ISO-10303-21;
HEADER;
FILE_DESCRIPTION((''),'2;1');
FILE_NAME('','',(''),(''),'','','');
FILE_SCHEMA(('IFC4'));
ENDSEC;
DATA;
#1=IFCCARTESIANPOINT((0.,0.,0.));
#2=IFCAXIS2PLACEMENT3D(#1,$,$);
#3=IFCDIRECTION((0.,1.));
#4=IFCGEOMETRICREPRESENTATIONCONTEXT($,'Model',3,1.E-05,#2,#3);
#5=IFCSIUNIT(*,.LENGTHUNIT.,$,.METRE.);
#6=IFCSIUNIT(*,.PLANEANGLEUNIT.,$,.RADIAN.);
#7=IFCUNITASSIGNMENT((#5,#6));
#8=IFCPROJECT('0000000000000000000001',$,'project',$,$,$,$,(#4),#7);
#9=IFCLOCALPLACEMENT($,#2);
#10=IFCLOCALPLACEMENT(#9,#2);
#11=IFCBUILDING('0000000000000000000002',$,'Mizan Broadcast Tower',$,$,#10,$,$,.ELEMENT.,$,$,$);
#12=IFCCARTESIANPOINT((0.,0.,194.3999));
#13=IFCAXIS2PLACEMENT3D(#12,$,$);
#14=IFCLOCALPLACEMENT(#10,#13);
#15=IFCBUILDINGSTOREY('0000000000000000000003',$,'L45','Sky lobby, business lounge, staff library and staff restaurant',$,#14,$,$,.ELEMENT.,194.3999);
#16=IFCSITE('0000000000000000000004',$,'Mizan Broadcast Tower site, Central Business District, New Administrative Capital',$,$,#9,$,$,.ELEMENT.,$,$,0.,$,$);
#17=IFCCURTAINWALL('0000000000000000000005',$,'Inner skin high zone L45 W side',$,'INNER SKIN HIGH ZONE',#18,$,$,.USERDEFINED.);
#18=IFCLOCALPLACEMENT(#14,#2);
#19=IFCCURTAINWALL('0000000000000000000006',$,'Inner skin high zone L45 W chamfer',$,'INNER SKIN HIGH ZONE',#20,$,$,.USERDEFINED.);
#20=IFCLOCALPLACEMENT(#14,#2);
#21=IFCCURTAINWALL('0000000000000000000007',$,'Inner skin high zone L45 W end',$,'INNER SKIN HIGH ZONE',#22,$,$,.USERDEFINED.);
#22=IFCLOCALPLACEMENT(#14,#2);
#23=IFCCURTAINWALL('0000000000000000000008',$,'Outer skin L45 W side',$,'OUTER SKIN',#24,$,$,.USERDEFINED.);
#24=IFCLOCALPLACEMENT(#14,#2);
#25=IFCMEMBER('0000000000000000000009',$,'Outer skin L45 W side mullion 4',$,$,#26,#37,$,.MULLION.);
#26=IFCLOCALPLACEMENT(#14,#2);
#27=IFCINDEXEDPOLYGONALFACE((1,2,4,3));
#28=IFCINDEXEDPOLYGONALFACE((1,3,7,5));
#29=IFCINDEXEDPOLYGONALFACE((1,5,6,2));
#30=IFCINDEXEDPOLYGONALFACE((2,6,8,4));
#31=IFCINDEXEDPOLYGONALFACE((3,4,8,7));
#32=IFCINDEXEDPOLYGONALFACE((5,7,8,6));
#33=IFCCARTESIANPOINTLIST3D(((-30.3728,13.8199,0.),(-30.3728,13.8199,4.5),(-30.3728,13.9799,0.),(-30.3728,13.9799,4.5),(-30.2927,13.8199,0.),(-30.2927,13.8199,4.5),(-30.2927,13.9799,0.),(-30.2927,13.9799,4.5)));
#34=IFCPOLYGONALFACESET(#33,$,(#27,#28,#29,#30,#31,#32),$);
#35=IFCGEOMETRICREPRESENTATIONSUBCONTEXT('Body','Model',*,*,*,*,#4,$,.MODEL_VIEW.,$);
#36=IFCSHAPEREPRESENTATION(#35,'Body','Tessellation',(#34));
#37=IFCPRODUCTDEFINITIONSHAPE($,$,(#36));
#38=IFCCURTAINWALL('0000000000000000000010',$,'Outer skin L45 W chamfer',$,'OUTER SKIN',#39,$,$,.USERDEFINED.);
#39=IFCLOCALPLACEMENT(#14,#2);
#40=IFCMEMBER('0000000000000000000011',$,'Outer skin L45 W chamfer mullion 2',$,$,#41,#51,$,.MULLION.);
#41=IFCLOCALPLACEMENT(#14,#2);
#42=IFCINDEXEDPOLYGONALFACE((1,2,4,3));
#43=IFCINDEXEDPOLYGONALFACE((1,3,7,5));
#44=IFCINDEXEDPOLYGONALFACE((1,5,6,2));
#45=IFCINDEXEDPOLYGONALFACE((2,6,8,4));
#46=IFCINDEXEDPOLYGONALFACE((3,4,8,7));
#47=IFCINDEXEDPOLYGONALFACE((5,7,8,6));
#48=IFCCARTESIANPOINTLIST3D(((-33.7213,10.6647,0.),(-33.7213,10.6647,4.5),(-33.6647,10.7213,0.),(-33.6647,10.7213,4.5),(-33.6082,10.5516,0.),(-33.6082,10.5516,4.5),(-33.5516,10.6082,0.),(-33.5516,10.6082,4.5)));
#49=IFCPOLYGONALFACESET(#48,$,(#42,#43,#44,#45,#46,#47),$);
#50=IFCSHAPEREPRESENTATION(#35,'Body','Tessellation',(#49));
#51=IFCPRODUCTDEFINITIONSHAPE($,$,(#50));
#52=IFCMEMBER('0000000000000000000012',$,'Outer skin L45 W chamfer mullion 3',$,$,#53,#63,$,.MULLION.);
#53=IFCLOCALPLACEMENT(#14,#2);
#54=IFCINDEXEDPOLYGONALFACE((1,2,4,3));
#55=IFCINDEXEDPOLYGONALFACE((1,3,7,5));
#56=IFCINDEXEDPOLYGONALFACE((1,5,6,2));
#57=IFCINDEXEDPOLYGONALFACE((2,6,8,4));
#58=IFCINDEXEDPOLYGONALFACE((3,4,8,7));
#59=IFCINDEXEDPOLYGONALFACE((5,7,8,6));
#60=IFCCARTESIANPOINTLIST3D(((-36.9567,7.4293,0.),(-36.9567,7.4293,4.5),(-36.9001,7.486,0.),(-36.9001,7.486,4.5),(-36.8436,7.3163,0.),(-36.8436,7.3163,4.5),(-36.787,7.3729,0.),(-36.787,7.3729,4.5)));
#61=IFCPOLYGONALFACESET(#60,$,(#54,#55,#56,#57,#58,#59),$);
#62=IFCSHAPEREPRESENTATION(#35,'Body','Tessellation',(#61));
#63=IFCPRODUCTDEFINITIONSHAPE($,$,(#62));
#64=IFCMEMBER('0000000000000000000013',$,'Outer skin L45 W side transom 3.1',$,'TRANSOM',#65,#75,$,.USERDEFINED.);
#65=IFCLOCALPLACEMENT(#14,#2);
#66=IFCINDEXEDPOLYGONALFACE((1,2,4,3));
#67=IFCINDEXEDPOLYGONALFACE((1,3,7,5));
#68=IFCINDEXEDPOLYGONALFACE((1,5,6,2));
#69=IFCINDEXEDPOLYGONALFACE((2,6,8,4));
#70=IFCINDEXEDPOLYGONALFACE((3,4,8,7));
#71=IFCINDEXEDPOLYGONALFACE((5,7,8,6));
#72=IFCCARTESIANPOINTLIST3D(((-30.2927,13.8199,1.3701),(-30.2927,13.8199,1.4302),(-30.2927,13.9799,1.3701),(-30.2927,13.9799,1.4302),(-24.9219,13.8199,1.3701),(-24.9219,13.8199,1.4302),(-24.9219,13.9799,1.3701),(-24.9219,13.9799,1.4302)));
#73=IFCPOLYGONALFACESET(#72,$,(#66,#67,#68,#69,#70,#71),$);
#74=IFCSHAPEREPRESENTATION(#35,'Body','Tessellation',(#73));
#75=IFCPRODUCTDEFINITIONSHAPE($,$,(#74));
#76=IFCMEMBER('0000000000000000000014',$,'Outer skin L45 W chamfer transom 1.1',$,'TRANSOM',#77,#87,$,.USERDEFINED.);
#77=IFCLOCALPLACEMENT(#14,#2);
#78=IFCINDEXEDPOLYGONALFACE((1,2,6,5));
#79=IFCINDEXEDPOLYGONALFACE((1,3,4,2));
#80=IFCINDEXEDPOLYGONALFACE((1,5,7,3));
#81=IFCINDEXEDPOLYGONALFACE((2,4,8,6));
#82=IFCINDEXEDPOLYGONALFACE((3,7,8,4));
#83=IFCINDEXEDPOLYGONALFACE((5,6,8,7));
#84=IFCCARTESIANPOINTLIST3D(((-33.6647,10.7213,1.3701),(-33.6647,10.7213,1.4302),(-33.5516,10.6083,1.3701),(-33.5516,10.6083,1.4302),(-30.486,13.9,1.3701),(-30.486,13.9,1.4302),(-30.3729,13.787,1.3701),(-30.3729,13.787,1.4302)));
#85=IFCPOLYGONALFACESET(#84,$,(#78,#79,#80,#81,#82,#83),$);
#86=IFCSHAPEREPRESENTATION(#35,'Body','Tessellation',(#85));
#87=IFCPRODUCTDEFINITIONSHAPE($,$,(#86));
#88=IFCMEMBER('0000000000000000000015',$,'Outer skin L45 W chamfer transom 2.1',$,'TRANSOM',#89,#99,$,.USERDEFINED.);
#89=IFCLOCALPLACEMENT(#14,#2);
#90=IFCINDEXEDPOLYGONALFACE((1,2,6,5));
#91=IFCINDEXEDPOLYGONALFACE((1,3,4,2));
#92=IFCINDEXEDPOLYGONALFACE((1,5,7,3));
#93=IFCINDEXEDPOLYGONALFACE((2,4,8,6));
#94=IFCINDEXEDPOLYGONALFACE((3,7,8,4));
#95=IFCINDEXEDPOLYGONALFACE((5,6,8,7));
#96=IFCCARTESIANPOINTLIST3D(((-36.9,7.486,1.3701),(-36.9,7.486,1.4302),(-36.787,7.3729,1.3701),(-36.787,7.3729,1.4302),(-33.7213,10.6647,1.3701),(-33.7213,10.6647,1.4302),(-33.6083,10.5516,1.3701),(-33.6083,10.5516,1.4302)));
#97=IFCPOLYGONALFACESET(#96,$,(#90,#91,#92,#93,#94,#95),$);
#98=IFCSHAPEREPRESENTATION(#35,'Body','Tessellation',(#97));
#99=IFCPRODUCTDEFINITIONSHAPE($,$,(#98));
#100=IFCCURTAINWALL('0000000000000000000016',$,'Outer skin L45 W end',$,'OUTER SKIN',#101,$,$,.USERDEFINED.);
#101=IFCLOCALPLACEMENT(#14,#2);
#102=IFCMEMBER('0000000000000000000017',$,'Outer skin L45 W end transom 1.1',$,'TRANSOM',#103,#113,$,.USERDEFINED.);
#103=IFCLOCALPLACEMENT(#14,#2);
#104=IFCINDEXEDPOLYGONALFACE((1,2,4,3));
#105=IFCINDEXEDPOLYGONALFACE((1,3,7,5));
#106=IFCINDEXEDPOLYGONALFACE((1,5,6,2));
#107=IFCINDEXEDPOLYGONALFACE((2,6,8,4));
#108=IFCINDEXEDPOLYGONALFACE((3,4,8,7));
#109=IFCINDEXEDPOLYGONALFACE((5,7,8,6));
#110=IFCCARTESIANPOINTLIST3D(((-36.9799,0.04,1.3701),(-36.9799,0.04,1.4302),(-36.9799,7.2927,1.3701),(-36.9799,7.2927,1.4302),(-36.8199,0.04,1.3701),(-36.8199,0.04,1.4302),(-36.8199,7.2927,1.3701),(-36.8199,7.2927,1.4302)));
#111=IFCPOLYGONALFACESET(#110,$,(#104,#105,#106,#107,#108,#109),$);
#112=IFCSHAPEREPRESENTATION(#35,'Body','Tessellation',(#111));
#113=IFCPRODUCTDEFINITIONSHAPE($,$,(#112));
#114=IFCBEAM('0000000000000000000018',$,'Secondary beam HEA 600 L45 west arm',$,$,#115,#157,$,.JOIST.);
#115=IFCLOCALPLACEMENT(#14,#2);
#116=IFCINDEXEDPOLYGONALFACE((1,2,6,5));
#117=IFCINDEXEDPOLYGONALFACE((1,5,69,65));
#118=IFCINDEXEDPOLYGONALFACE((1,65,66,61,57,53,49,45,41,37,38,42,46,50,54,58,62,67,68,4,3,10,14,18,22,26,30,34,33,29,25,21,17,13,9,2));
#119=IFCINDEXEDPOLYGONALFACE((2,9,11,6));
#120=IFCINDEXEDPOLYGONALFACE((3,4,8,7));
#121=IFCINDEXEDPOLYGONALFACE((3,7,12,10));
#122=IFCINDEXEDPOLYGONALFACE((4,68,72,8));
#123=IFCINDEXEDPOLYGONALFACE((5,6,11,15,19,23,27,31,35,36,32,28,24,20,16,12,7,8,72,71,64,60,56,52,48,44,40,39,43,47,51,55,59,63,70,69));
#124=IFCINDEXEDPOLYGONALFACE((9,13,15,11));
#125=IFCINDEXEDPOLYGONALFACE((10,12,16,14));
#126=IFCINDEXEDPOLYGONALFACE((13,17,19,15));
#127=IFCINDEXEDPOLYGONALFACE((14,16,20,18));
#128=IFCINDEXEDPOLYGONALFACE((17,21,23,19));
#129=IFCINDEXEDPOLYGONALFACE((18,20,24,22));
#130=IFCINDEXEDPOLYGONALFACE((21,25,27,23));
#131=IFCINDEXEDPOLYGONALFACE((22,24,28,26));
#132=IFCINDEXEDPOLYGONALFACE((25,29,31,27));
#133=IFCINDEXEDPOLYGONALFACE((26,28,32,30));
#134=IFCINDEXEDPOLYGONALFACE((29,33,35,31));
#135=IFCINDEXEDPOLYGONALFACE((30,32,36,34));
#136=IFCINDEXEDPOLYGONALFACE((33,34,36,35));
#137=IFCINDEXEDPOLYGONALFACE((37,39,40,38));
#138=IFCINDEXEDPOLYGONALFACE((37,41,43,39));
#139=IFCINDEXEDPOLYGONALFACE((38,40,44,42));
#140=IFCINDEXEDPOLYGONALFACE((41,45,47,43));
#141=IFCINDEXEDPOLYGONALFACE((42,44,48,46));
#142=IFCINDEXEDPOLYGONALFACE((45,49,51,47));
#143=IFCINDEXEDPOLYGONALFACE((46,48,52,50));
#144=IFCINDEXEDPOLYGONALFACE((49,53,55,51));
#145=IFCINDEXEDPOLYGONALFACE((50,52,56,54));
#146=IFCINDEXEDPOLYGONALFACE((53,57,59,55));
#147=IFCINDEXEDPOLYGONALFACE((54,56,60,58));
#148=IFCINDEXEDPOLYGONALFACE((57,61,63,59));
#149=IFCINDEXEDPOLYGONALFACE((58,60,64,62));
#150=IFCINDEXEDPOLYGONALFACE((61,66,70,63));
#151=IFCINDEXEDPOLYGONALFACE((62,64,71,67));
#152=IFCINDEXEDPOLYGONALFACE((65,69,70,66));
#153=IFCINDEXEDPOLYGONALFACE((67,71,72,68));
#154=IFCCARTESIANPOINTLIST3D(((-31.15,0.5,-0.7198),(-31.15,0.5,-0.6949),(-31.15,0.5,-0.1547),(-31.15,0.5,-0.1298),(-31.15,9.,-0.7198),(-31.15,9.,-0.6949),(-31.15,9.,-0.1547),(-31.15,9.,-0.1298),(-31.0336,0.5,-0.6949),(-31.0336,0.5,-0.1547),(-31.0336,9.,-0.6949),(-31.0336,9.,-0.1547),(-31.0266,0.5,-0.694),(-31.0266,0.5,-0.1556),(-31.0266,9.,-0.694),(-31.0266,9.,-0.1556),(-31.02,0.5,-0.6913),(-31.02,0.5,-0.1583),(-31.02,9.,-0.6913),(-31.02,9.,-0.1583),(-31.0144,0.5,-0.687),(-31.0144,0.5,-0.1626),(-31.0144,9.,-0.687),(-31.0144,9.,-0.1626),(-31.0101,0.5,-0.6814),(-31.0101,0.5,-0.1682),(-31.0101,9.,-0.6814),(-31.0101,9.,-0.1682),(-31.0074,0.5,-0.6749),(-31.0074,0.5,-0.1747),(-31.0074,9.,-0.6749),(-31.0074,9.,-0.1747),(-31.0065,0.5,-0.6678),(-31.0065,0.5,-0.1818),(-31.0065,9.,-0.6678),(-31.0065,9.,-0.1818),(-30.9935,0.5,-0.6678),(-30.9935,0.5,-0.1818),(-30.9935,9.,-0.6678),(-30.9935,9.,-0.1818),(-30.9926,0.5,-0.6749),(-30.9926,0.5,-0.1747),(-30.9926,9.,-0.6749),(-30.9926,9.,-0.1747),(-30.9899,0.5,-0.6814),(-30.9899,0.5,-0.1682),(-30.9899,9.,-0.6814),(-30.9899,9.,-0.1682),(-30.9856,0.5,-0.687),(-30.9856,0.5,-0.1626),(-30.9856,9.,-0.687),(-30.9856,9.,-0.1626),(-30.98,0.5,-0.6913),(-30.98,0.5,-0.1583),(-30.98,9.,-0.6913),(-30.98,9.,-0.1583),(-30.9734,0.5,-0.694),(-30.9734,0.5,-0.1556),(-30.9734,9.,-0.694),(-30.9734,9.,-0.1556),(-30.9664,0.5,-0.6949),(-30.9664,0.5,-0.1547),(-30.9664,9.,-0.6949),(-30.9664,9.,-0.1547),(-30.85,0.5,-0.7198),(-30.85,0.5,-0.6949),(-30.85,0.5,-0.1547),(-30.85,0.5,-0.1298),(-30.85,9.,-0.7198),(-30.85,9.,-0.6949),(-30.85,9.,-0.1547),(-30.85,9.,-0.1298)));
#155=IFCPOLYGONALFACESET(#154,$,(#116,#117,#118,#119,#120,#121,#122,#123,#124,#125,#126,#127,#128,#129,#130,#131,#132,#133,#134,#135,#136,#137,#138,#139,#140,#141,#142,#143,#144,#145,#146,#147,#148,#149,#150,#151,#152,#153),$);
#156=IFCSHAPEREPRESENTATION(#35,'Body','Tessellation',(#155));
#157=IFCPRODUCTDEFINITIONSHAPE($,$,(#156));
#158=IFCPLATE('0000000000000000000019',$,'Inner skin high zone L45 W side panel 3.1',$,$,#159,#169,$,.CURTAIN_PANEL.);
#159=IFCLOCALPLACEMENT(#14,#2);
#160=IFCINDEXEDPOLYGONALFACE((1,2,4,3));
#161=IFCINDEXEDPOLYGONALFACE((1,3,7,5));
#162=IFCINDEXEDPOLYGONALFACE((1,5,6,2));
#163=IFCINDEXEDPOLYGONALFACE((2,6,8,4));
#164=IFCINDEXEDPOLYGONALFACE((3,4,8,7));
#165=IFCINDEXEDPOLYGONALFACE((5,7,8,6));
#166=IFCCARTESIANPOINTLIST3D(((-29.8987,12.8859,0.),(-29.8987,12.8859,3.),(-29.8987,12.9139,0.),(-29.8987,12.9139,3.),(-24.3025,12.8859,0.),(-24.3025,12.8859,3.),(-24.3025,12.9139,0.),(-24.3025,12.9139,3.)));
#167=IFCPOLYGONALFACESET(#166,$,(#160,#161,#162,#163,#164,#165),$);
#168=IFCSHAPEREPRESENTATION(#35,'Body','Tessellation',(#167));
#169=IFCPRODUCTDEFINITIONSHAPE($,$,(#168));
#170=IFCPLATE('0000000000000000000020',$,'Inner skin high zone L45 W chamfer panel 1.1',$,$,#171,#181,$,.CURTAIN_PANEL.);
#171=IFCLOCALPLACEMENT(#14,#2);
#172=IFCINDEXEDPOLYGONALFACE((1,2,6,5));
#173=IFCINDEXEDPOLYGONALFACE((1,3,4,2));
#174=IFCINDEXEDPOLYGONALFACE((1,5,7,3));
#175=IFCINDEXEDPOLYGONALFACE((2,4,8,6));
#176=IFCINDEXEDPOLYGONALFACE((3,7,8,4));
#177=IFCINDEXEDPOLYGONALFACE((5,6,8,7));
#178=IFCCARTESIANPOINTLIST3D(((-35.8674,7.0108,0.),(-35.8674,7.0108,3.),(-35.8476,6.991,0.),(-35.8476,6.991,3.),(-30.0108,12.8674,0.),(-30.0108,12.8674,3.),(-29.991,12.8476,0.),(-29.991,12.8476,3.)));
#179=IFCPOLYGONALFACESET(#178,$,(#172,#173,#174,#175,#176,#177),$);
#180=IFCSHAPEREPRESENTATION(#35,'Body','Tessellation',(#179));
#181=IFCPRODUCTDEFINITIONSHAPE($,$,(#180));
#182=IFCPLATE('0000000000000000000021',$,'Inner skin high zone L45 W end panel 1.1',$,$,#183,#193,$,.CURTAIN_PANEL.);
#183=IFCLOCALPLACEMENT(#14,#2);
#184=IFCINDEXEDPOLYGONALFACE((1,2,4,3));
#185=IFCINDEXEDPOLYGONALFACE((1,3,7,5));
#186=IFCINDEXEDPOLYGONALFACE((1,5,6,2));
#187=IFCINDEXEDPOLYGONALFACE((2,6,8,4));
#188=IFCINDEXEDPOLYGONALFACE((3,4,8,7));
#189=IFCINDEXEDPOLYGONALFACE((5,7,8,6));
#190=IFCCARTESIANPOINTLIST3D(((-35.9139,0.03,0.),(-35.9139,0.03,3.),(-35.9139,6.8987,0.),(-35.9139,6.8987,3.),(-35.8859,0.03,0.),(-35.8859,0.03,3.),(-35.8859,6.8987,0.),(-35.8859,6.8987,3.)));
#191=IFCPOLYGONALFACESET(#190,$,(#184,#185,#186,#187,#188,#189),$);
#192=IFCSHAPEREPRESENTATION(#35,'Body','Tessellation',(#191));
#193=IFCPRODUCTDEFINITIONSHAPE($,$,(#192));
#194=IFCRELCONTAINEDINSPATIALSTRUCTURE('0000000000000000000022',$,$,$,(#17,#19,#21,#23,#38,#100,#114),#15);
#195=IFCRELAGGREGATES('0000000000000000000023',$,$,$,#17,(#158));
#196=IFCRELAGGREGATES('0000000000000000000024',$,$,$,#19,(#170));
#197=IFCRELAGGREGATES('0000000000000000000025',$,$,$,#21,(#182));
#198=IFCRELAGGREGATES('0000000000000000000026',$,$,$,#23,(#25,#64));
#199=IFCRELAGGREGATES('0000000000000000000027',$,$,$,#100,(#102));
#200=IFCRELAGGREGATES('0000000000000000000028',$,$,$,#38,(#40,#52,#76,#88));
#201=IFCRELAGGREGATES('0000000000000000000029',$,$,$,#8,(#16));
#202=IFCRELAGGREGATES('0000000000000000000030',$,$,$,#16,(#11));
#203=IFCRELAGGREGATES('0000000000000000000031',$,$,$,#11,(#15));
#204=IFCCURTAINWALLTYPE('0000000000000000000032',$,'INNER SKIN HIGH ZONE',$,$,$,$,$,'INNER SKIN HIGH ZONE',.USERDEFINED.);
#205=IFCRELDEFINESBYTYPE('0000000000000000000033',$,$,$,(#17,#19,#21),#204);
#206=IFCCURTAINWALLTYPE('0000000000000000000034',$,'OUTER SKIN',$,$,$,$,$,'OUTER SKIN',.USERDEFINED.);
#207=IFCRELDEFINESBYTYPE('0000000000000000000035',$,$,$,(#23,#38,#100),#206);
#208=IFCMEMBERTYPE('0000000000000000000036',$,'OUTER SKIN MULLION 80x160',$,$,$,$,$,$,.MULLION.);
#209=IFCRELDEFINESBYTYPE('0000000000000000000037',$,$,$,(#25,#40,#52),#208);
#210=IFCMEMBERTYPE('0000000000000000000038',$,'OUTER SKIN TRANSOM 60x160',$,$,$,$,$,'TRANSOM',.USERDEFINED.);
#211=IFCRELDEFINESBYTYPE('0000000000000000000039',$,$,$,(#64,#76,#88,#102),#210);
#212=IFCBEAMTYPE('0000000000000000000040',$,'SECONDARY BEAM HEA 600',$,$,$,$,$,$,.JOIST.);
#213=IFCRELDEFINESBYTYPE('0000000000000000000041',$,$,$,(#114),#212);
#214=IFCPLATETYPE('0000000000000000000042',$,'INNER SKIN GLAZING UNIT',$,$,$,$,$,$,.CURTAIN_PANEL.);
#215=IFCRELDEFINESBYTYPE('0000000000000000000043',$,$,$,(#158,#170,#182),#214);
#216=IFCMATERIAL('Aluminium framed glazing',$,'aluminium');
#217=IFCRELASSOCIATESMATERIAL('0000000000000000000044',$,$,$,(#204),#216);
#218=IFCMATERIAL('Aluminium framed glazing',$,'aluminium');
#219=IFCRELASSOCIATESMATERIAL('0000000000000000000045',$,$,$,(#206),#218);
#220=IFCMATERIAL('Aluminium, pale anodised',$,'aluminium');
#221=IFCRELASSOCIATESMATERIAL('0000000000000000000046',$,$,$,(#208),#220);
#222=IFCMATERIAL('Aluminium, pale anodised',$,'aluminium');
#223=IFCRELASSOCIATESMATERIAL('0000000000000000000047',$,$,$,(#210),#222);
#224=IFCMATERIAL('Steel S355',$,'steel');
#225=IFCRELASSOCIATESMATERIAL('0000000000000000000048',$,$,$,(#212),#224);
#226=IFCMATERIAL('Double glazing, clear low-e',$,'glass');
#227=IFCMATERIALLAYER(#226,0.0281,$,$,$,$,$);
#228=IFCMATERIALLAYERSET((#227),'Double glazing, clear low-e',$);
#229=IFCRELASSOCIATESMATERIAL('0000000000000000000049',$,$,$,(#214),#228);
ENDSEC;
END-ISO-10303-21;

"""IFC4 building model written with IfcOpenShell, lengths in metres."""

from ifc_helpers import new_model, si_unit, direction, frame, origin, origin_2d, place, context, subcontext, project, spatial, rectangle, i_section, extrude, material, layer, layer_set, material_profile, profile_set, type_object, element, aggregate, save


model = new_model("IFC4")

# Units and contexts
model_context = context("Model", 3, precision=1e-05, world=origin(), true_north=direction((0.0, 1.0)))
body_context = subcontext(model_context, "Body", "Model", "MODEL_VIEW")
ifc_project = project(units=[si_unit("LENGTHUNIT", "METRE"), si_unit("PLANEANGLEUNIT", "RADIAN")], contexts=[model_context])

# Site, building, storey
site_placement = place(None, origin())
site = spatial("IfcSite", under=ifc_project, at=site_placement, Name="Mizan Broadcast Tower site, Central Business District, New Administrative Capital", CompositionType="ELEMENT", RefElevation=0.0)
building_placement = place(site_placement, origin())
building = spatial("IfcBuilding", under=site, at=building_placement, Name="Mizan Broadcast Tower", CompositionType="ELEMENT")
storey_placement = place(building_placement, frame((0.0, 0.0, 194.3999)))
storey = spatial("IfcBuildingStorey", under=building, at=storey_placement, Name="L45", Description="Sky lobby, business lounge, staff library and staff restaurant", CompositionType="ELEMENT", Elevation=194.3999)

# Curtain wall
ifc_material_1 = material(Name="Aluminium framed glazing", Category="aluminium")
curtain_wall_type_1 = type_object("IfcCurtainWallType", Name="INNER SKIN HIGH ZONE", ElementType="INNER SKIN HIGH ZONE", PredefinedType="USERDEFINED", material=ifc_material_1)
curtain_wall_1_placement = place(storey_placement, origin())
curtain_wall_1 = element("IfcCurtainWall", 1, at=curtain_wall_1_placement, inside=storey, type_object=curtain_wall_type_1, Name="Inner skin high zone L45 W side", ObjectType="INNER SKIN HIGH ZONE", PredefinedType="USERDEFINED")

# Curtain wall
curtain_wall_2_placement = place(storey_placement, origin())
curtain_wall_2 = element("IfcCurtainWall", 2, at=curtain_wall_2_placement, inside=storey, type_object=curtain_wall_type_1, Name="Inner skin high zone L45 W chamfer", ObjectType="INNER SKIN HIGH ZONE", PredefinedType="USERDEFINED")

# Curtain walls, member
curtain_wall_3_placement = place(storey_placement, origin())
curtain_wall_3 = element("IfcCurtainWall", 3, at=curtain_wall_3_placement, inside=storey, type_object=curtain_wall_type_1, Name="Inner skin high zone L45 W end", ObjectType="INNER SKIN HIGH ZONE", PredefinedType="USERDEFINED")
ifc_material_2 = material(Name="Aluminium framed glazing", Category="aluminium")
curtain_wall_type_2 = type_object("IfcCurtainWallType", Name="OUTER SKIN", ElementType="OUTER SKIN", PredefinedType="USERDEFINED", material=ifc_material_2)
curtain_wall_4_placement = place(storey_placement, origin())
curtain_wall_4 = element("IfcCurtainWall", 4, at=curtain_wall_4_placement, inside=storey, type_object=curtain_wall_type_2, Name="Outer skin L45 W side", ObjectType="OUTER SKIN", PredefinedType="USERDEFINED")
ifc_material_3 = material(Name="Aluminium, pale anodised", Category="aluminium")
ifc_material_profile_1 = material_profile(ifc_material_3, rectangle(XDim=0.1599, YDim=0.0801, at=origin_2d()), Name="MULLION 160x80")
ifc_profile_set_1 = profile_set([ifc_material_profile_1], Name="Aluminium, pale anodised")
member_type_1 = type_object("IfcMemberType", Name="OUTER SKIN MULLION 80x160", PredefinedType="MULLION", material=ifc_profile_set_1)
member_1_placement = place(storey_placement, frame((-30.3328, 13.8999, 0.0), z_axis=(0.0, 0.0, 1.0), x_axis=(0.0, -1.0, 0.0)))
member_1 = element("IfcMember", 5, at=member_1_placement, type_object=member_type_1, Name="Outer skin L45 W side mullion 4", PredefinedType="MULLION", context=body_context, shape_type="SweptSolid", body=[
    extrude(rectangle(XDim=0.1599, YDim=0.0801, at=origin_2d()), origin(), (0.0, 0.0, 1.0), 4.5),
])

# Curtain wall, members
curtain_wall_5_placement = place(storey_placement, origin())
curtain_wall_5 = element("IfcCurtainWall", 6, at=curtain_wall_5_placement, inside=storey, type_object=curtain_wall_type_2, Name="Outer skin L45 W chamfer", ObjectType="OUTER SKIN", PredefinedType="USERDEFINED")
member_2_placement = place(storey_placement, frame((-33.6365, 10.6365, 0.0), z_axis=(0.0, 0.0, 1.0), x_axis=(0.707107, -0.707107, 0.0)))
member_2 = element("IfcMember", 7, at=member_2_placement, type_object=member_type_1, Name="Outer skin L45 W chamfer mullion 2", PredefinedType="MULLION", context=body_context, shape_type="SweptSolid", body=[
    extrude(rectangle(XDim=0.1599, YDim=0.0801, at=origin_2d()), origin(), (0.0, 0.0, 1.0), 4.5),
])
member_3_placement = place(storey_placement, frame((-36.8718, 7.4011, 0.0), z_axis=(0.0, 0.0, 1.0), x_axis=(0.707107, -0.707107, 0.0)))
member_3 = element("IfcMember", 8, at=member_3_placement, type_object=member_type_1, Name="Outer skin L45 W chamfer mullion 3", PredefinedType="MULLION", context=body_context, shape_type="SweptSolid", body=[
    extrude(rectangle(XDim=0.1599, YDim=0.0801, at=origin_2d()), origin(), (0.0, 0.0, 1.0), 4.5),
])

# Members
ifc_material_4 = material(Name="Aluminium, pale anodised", Category="aluminium")
ifc_material_profile_2 = material_profile(ifc_material_4, rectangle(XDim=0.1599, YDim=0.0601, at=origin_2d()), Name="TRANSOM 160x60")
ifc_profile_set_2 = profile_set([ifc_material_profile_2], Name="Aluminium, pale anodised")
member_type_2 = type_object("IfcMemberType", Name="OUTER SKIN TRANSOM 60x160", ElementType="TRANSOM", PredefinedType="USERDEFINED", material=ifc_profile_set_2)
member_4_placement = place(storey_placement, frame((-24.9219, 13.8999, 1.4001), z_axis=(-1.0, 0.0, 0.0), x_axis=(0.0, -1.0, 0.0)))
member_4 = element("IfcMember", 9, at=member_4_placement, type_object=member_type_2, Name="Outer skin L45 W side transom 3.1", ObjectType="TRANSOM", PredefinedType="USERDEFINED", context=body_context, shape_type="SweptSolid", body=[
    extrude(rectangle(XDim=0.1599, YDim=0.0601, at=origin_2d()), origin(), (0.0, 0.0, 1.0), 5.3708),
])
member_5_placement = place(storey_placement, frame((-30.4294, 13.8435, 1.4001), z_axis=(-0.707107, -0.707107, 0.0), x_axis=(0.707107, -0.707107, 0.0)))
member_5 = element("IfcMember", 10, at=member_5_placement, type_object=member_type_2, Name="Outer skin L45 W chamfer transom 1.1", ObjectType="TRANSOM", PredefinedType="USERDEFINED", context=body_context, shape_type="SweptSolid", body=[
    extrude(rectangle(XDim=0.1599, YDim=0.0601, at=origin_2d()), origin(), (0.0, 0.0, 1.0), 4.4954),
])
member_6_placement = place(storey_placement, frame((-33.6648, 10.6082, 1.4001), z_axis=(-0.707107, -0.707107, 0.0), x_axis=(0.707107, -0.707107, 0.0)))
member_6 = element("IfcMember", 11, at=member_6_placement, type_object=member_type_2, Name="Outer skin L45 W chamfer transom 2.1", ObjectType="TRANSOM", PredefinedType="USERDEFINED", context=body_context, shape_type="SweptSolid", body=[
    extrude(rectangle(XDim=0.1599, YDim=0.0601, at=origin_2d()), origin(), (0.0, 0.0, 1.0), 4.4954),
])

# Curtain wall, member
curtain_wall_6_placement = place(storey_placement, origin())
curtain_wall_6 = element("IfcCurtainWall", 12, at=curtain_wall_6_placement, inside=storey, type_object=curtain_wall_type_2, Name="Outer skin L45 W end", ObjectType="OUTER SKIN", PredefinedType="USERDEFINED")
member_7_placement = place(storey_placement, frame((-36.8999, 7.2927, 1.4001), z_axis=(0.0, -1.0, 0.0), x_axis=(1.0, 0.0, 0.0)))
member_7 = element("IfcMember", 13, at=member_7_placement, type_object=member_type_2, Name="Outer skin L45 W end transom 1.1", ObjectType="TRANSOM", PredefinedType="USERDEFINED", context=body_context, shape_type="SweptSolid", body=[
    extrude(rectangle(XDim=0.1599, YDim=0.0601, at=origin_2d()), origin(), (0.0, 0.0, 1.0), 7.2527),
])

# Beam
ifc_material_5 = material(Name="Steel S355", Category="steel")
ifc_material_profile_3 = material_profile(ifc_material_5, i_section(OverallWidth=0.3, OverallDepth=0.5901, WebThickness=0.0129, FlangeThickness=0.0249, FilletRadius=0.0271, at=origin_2d()), Name="HEA 600")
ifc_profile_set_3 = profile_set([ifc_material_profile_3], Name="Steel S355")
beam_type_1 = type_object("IfcBeamType", Name="SECONDARY BEAM HEA 600", PredefinedType="JOIST", material=ifc_profile_set_3)
beam_1_placement = place(storey_placement, frame((-31.0, 9.0, -0.4248), z_axis=(0.0, -1.0, 0.0), x_axis=(1.0, 0.0, 0.0)))
element("IfcBeam", 14, at=beam_1_placement, inside=storey, type_object=beam_type_1, Name="Secondary beam HEA 600 L45 west arm", PredefinedType="JOIST", context=body_context, shape_type="SweptSolid", body=[
    extrude(i_section(OverallWidth=0.3, OverallDepth=0.5901, WebThickness=0.0129, FlangeThickness=0.0249, FilletRadius=0.0271, at=origin_2d()), origin(), (0.0, 0.0, 1.0), 8.5),
])

# Plates
ifc_material_6 = material(Name="Double glazing, clear low-e", Category="glass")
ifc_layer_1 = layer(ifc_material_6, 0.0281)
ifc_layer_set_1 = layer_set([ifc_layer_1], Name="Double glazing, clear low-e")
plate_type_1 = type_object("IfcPlateType", Name="INNER SKIN GLAZING UNIT", PredefinedType="CURTAIN_PANEL", material=ifc_layer_set_1)
plate_1_placement = place(storey_placement, frame((-27.1006, 12.8999, 0.0), z_axis=(0.0, 0.0, 1.0), x_axis=(-1.0, 0.0, 0.0)))
plate_1 = element("IfcPlate", 15, at=plate_1_placement, type_object=plate_type_1, Name="Inner skin high zone L45 W side panel 3.1", PredefinedType="CURTAIN_PANEL", context=body_context, shape_type="SweptSolid", body=[
    extrude(rectangle(XDim=5.5962, YDim=0.0281, at=origin_2d()), origin(), (0.0, 0.0, 1.0), 3.0),
])
plate_2_placement = place(storey_placement, frame((-32.9292, 9.9292, 0.0), z_axis=(0.0, 0.0, 1.0), x_axis=(-0.707107, -0.707107, 0.0)))
plate_2 = element("IfcPlate", 16, at=plate_2_placement, type_object=plate_type_1, Name="Inner skin high zone L45 W chamfer panel 1.1", PredefinedType="CURTAIN_PANEL", context=body_context, shape_type="SweptSolid", body=[
    extrude(rectangle(XDim=8.2825, YDim=0.0281, at=origin_2d()), origin(), (0.0, 0.0, 1.0), 3.0),
])
plate_3_placement = place(storey_placement, frame((-35.8999, 3.4644, 0.0), z_axis=(0.0, 0.0, 1.0), x_axis=(0.0, -1.0, 0.0)))
plate_3 = element("IfcPlate", 17, at=plate_3_placement, type_object=plate_type_1, Name="Inner skin high zone L45 W end panel 1.1", PredefinedType="CURTAIN_PANEL", context=body_context, shape_type="SweptSolid", body=[
    extrude(rectangle(XDim=6.8687, YDim=0.0281, at=origin_2d()), origin(), (0.0, 0.0, 1.0), 3.0),
])
aggregate(curtain_wall_1, [plate_1])
aggregate(curtain_wall_2, [plate_2])
aggregate(curtain_wall_3, [plate_3])
aggregate(curtain_wall_4, [member_1, member_4])
aggregate(curtain_wall_6, [member_7])
aggregate(curtain_wall_5, [member_2, member_3, member_5, member_6])

save(model, "model.ifc")
